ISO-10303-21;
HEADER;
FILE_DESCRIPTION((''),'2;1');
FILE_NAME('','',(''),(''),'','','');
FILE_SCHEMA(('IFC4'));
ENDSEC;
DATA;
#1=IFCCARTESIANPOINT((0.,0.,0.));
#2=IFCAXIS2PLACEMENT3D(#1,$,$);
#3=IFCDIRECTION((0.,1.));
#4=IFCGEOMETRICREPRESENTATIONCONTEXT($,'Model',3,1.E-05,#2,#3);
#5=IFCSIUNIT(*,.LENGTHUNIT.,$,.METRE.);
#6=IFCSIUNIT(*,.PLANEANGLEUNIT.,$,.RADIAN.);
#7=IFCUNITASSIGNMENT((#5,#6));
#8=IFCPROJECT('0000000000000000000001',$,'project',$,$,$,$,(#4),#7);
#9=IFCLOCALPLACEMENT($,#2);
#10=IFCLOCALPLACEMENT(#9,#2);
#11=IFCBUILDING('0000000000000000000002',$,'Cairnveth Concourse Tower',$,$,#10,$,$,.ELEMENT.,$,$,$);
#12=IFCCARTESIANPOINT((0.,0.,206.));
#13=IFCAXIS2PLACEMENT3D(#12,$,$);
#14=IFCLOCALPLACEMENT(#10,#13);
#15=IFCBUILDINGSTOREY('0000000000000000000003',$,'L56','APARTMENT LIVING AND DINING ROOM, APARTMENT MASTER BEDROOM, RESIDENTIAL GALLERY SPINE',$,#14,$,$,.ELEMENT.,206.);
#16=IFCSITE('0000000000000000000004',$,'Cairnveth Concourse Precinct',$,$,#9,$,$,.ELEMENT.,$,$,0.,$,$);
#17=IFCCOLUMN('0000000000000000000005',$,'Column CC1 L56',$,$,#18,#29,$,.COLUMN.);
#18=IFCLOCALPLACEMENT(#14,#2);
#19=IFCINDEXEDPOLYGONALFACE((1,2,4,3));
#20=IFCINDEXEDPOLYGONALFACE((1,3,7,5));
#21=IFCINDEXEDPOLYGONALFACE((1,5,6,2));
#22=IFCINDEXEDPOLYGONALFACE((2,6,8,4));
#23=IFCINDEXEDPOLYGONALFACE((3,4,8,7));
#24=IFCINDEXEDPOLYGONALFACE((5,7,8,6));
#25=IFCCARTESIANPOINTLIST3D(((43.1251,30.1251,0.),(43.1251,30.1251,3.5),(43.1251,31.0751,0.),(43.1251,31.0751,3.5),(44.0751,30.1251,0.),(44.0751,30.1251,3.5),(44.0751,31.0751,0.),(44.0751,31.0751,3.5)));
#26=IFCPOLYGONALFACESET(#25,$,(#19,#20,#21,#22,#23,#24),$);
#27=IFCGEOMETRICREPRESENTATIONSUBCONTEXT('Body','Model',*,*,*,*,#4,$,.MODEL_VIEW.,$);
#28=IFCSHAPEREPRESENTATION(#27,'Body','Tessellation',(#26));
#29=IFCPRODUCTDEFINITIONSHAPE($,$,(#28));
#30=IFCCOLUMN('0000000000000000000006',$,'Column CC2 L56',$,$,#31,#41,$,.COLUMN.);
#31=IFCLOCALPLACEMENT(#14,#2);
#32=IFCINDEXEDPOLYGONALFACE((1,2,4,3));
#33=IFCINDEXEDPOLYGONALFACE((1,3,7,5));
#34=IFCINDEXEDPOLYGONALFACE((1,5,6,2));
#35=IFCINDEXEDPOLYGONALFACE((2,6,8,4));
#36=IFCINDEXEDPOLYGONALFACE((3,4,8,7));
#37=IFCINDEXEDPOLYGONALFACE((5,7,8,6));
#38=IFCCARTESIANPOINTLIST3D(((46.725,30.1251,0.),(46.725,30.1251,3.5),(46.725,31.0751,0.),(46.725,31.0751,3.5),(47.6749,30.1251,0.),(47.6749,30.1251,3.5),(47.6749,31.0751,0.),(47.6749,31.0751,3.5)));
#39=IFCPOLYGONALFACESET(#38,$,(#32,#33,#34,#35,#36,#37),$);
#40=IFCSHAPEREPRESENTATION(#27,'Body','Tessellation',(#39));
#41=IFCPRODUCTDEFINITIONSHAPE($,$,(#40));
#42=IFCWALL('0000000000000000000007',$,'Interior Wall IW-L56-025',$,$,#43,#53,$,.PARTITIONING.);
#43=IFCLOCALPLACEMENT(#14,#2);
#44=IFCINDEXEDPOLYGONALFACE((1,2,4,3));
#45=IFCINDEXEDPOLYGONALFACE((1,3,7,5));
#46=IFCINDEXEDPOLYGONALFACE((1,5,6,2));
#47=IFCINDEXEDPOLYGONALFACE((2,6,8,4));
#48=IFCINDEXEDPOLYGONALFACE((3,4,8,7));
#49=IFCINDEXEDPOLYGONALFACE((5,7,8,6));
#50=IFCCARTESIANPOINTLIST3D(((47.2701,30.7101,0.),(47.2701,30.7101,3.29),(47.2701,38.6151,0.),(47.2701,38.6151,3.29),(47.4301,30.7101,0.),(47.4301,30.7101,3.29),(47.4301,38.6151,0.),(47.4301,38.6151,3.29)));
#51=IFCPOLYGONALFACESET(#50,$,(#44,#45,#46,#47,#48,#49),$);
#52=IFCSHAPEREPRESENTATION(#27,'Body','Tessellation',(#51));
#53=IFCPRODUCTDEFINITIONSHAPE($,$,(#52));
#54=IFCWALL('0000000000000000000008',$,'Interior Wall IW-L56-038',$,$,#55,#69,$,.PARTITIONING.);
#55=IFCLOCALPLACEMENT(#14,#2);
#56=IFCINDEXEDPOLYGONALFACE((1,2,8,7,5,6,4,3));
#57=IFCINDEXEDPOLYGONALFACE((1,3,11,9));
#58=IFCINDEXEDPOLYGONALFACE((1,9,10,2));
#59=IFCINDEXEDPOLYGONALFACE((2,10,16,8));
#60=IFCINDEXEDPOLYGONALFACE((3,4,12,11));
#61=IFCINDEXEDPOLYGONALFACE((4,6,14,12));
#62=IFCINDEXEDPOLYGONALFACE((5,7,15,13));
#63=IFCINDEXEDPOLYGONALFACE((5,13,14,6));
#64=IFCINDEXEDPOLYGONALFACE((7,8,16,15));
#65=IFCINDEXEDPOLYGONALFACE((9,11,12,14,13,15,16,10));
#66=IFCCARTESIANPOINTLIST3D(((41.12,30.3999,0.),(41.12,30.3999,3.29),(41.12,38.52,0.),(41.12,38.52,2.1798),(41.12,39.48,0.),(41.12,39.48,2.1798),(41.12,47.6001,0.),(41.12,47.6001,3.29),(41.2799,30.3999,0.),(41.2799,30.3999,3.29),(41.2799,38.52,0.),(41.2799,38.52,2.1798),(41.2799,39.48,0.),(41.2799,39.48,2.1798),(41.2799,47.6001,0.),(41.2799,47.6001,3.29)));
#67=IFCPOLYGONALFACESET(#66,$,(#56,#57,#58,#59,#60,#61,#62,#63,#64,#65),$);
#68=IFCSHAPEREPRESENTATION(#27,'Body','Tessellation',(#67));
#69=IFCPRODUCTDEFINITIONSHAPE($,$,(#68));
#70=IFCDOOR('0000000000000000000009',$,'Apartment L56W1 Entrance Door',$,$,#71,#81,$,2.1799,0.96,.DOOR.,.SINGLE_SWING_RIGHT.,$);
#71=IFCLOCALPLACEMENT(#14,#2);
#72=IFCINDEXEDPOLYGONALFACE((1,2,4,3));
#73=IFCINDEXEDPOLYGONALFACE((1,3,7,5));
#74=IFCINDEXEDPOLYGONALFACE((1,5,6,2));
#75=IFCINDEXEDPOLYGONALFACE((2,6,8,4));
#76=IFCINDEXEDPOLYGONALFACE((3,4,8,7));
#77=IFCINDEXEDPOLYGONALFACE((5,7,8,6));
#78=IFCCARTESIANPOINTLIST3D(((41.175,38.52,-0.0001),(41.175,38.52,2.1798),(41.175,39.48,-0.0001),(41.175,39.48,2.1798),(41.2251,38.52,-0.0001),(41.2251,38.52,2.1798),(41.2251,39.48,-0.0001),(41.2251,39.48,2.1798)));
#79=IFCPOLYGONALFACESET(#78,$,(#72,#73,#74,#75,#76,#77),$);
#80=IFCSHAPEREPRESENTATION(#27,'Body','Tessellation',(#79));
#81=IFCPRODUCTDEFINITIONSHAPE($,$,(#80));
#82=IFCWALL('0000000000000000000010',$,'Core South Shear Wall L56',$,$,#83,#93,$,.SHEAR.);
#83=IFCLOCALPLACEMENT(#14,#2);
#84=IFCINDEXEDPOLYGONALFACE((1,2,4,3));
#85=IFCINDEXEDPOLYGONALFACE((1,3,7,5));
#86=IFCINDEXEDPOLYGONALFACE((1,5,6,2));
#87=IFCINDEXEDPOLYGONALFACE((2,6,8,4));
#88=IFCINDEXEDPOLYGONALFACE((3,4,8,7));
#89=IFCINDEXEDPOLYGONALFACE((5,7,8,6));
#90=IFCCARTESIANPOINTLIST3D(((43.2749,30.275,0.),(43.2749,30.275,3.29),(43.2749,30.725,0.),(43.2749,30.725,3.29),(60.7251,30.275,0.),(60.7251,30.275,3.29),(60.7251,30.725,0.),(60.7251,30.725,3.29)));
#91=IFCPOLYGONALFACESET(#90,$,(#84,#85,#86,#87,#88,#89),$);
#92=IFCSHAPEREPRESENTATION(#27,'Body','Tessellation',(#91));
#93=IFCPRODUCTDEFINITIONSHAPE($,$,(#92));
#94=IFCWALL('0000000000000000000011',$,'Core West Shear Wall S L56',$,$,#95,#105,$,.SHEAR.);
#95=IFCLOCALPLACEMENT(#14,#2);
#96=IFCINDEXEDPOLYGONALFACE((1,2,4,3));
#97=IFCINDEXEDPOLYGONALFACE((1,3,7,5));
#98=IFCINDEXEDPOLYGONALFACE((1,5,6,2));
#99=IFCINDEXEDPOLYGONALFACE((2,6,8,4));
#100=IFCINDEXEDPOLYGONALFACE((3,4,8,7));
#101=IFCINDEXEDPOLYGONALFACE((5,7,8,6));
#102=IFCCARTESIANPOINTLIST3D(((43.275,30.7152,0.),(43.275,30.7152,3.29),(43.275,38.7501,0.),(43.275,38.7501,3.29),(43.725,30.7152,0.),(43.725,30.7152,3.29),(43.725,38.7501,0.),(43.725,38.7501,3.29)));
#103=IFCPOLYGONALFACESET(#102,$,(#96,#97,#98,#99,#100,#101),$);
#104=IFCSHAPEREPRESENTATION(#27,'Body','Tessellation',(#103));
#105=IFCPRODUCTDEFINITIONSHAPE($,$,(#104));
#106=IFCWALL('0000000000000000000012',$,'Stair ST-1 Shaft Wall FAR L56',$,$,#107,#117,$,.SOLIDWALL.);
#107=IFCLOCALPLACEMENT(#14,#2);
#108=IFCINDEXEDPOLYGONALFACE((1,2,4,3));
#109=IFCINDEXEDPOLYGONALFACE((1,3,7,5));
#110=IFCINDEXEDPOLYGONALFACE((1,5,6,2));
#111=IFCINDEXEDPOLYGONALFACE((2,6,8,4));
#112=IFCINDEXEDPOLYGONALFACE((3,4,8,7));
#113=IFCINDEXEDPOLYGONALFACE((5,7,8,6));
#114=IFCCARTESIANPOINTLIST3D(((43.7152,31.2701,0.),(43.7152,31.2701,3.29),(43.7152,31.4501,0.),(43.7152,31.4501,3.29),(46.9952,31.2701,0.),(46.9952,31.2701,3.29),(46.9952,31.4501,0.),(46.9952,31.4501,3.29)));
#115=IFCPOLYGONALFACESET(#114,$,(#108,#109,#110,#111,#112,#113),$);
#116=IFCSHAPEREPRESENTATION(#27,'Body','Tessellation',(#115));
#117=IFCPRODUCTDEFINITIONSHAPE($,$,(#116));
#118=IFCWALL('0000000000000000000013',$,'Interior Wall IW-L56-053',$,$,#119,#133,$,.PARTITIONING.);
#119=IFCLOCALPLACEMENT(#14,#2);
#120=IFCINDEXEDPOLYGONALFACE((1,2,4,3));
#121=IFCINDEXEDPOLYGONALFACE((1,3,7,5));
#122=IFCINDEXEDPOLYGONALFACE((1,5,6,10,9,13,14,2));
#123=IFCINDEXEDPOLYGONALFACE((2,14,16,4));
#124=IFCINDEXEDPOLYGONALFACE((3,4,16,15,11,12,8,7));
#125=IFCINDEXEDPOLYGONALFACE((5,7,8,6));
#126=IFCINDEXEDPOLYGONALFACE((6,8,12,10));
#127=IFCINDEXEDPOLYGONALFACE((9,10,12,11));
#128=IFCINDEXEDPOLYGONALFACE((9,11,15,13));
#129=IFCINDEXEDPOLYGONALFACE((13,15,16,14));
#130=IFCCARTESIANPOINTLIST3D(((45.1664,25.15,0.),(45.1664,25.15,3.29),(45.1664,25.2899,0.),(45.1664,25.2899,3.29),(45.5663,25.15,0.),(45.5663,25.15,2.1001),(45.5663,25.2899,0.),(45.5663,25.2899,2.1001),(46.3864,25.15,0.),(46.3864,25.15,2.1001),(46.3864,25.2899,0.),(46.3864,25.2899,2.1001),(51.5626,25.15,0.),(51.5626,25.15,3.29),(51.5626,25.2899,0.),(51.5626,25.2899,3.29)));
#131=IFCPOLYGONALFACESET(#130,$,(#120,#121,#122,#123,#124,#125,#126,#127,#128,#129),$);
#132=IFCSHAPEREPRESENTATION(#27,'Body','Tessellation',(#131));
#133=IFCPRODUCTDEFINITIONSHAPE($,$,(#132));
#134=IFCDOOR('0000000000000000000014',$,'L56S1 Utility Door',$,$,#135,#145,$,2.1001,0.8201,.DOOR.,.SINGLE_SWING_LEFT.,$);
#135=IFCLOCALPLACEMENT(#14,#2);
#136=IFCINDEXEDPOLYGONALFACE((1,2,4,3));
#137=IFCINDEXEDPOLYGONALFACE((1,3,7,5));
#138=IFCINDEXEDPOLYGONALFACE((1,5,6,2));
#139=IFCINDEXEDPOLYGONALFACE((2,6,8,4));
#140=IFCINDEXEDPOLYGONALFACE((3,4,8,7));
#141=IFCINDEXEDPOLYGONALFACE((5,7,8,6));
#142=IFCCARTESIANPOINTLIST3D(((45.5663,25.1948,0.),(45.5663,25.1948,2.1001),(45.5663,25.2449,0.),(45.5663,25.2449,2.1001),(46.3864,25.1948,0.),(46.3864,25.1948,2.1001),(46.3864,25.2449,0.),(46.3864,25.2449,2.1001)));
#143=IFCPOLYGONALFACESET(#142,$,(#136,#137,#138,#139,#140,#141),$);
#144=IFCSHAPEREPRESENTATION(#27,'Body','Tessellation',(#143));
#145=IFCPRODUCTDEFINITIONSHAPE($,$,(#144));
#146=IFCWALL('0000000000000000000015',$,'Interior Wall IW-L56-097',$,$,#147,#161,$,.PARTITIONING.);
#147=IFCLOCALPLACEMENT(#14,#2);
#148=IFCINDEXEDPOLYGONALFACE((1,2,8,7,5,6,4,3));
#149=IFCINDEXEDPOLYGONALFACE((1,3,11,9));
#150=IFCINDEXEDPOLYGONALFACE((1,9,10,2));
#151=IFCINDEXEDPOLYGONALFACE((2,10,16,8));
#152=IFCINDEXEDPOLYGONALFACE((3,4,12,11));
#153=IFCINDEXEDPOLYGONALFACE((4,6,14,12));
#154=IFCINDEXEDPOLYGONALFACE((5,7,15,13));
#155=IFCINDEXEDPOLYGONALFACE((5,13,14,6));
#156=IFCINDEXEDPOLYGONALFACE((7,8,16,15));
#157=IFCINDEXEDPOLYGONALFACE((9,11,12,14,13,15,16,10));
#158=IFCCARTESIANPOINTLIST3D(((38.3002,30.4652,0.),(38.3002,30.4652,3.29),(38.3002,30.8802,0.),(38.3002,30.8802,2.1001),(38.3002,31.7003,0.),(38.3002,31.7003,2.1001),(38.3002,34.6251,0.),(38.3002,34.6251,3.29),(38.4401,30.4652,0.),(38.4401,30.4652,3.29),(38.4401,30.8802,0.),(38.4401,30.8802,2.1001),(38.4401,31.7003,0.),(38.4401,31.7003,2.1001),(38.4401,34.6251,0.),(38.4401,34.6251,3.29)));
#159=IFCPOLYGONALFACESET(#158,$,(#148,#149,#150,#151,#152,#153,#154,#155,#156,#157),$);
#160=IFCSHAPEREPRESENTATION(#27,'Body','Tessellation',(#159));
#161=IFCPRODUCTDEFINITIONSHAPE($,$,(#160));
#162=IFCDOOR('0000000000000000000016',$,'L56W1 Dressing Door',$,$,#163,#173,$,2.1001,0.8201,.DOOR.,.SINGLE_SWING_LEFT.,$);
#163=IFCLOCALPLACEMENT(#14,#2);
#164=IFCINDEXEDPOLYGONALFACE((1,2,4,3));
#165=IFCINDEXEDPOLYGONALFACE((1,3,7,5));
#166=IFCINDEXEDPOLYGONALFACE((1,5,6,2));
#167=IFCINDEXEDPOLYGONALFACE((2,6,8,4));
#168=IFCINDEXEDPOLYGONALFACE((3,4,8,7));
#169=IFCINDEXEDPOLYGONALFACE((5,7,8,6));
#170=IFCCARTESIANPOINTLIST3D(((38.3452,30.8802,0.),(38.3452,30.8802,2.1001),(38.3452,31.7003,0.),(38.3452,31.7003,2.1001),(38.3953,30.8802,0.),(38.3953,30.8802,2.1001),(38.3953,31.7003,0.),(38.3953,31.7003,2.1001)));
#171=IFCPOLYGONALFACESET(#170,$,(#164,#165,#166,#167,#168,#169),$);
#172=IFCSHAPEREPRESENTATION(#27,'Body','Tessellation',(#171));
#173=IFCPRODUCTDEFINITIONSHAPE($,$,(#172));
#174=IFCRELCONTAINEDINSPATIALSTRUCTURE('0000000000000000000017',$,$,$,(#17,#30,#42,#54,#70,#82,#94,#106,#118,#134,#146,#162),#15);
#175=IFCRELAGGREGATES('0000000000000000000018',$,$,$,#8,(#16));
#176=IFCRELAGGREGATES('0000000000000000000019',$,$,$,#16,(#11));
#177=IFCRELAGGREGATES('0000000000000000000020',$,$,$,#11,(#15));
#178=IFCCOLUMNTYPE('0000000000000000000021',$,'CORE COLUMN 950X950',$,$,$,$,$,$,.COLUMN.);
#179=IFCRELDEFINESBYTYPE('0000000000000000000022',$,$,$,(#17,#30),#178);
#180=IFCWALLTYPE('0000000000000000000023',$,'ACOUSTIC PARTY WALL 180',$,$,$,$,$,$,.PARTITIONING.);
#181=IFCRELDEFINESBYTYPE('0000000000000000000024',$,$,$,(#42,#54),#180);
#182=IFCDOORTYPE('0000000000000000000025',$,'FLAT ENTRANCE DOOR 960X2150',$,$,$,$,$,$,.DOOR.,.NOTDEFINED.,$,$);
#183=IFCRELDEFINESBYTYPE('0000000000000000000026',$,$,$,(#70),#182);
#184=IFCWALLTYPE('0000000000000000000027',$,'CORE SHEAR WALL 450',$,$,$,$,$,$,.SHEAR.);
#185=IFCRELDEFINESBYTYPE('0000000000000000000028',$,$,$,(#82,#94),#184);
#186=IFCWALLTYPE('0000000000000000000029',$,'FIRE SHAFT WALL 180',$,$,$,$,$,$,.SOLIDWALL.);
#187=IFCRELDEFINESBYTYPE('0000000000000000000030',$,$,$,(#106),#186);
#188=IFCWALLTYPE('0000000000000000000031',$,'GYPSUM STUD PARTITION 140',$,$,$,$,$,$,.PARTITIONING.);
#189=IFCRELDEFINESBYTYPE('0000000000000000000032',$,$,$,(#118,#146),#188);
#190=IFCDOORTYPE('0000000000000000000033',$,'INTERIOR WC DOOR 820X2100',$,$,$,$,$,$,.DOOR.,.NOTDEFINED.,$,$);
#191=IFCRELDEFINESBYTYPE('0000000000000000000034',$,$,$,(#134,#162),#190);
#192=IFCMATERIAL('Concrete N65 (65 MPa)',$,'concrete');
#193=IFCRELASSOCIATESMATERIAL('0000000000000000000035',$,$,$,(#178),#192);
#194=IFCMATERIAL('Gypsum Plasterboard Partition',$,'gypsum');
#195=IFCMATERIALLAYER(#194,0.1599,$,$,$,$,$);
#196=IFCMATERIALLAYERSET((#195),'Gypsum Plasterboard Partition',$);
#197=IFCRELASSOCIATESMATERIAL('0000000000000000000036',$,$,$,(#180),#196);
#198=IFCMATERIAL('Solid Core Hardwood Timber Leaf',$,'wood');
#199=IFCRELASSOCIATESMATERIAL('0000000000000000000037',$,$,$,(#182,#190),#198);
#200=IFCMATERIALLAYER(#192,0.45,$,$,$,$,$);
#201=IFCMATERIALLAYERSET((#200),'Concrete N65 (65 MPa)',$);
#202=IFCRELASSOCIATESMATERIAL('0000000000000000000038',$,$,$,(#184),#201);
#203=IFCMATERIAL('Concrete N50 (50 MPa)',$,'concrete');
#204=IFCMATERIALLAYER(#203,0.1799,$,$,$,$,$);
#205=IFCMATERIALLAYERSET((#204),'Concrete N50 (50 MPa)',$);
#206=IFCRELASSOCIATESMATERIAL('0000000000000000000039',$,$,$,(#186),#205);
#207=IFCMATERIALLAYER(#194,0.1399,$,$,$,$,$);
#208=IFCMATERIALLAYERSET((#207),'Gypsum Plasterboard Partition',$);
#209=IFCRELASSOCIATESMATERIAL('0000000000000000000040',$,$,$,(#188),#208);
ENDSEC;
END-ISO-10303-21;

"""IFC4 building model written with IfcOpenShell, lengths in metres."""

from ifc_helpers import new_model, si_unit, direction, frame, frame_2d, origin, origin_2d, place, context, subcontext, project, spatial, rectangle, extrude, material, layer, layer_set, material_profile, profile_set, type_object, element, fill, save


model = new_model("IFC4")

# Units and contexts
model_context = context("Model", 3, precision=1e-05, world=origin(), true_north=direction((0.0, 1.0)))
body_context = subcontext(model_context, "Body", "Model", "MODEL_VIEW")
ifc_project = project(units=[si_unit("LENGTHUNIT", "METRE"), si_unit("PLANEANGLEUNIT", "RADIAN")], contexts=[model_context])

# Site, building, storey
site_placement = place(None, origin())
site = spatial("IfcSite", under=ifc_project, at=site_placement, Name="Cairnveth Concourse Precinct", CompositionType="ELEMENT", RefElevation=0.0)
building_placement = place(site_placement, origin())
building = spatial("IfcBuilding", under=site, at=building_placement, Name="Cairnveth Concourse Tower", CompositionType="ELEMENT")
storey_placement = place(building_placement, frame((0.0, 0.0, 206.0)))
storey = spatial("IfcBuildingStorey", under=building, at=storey_placement, Name="L56", Description="APARTMENT LIVING AND DINING ROOM, APARTMENT MASTER BEDROOM, RESIDENTIAL GALLERY SPINE", CompositionType="ELEMENT", Elevation=206.0)

# Columns
ifc_material_1 = material(Name="Concrete N65 (65 MPa)", Category="concrete")
ifc_material_profile = material_profile(ifc_material_1, rectangle(XDim=0.95, YDim=0.95, at=origin_2d()), Name="RC-COL-950x950")
ifc_profile_set = profile_set([ifc_material_profile], Name="Concrete N65 (65 MPa)")
column_type = type_object("IfcColumnType", Name="CORE COLUMN 950X950", PredefinedType="COLUMN", material=ifc_profile_set)
for number, where, z_axis, x_axis, name in (
    (1, (43.6001, 30.6001, 0.0), (0.0, 0.0, 1.0), (1.0, 0.0, 0.0), "Column CC1 L56"),
    (2, (47.2, 30.6001, 0.0), (0.0, 0.0, 1.0), (1.0, 0.0, 0.0), "Column CC2 L56"),
):
    element("IfcColumn", number, at=place(storey_placement, frame(where, z_axis=z_axis, x_axis=x_axis)), inside=storey, type_object=column_type, Name=name, PredefinedType="COLUMN", context=body_context, shape_type="SweptSolid", body=[
        extrude(rectangle(XDim=0.95, YDim=0.95, at=origin_2d()), origin(), (0.0, 0.0, 1.0), 3.5),
    ])

# Wall
ifc_material_2 = material(Name="Gypsum Plasterboard Partition", Category="gypsum")
ifc_layer_1 = layer(ifc_material_2, 0.1599)
ifc_layer_set_1 = layer_set([ifc_layer_1], Name="Gypsum Plasterboard Partition")
wall_type_1 = type_object("IfcWallType", Name="ACOUSTIC PARTY WALL 180", PredefinedType="PARTITIONING", material=ifc_layer_set_1)
wall_1_placement = place(storey_placement, frame((47.3501, 30.71, 0.0), z_axis=(0.0, 0.0, 1.0), x_axis=(0.0, 1.0, 0.0)))
element("IfcWall", 3, at=wall_1_placement, inside=storey, type_object=wall_type_1, Name="Interior Wall IW-L56-025", PredefinedType="PARTITIONING", context=body_context, shape_type="SweptSolid", body=[
    extrude(rectangle(XDim=7.905, YDim=0.1599, at=frame_2d((3.9526, 0.0))), origin(), (0.0, 0.0, 1.0), 3.29),
])

# Wall, opening, door
wall_2_placement = place(storey_placement, frame((41.2, 30.3999, 0.0), z_axis=(0.0, 0.0, 1.0), x_axis=(0.0, 1.0, 0.0)))
wall_2 = element("IfcWall", 4, at=wall_2_placement, inside=storey, type_object=wall_type_1, Name="Interior Wall IW-L56-038", PredefinedType="PARTITIONING", context=body_context, shape_type="SweptSolid", body=[
    extrude(rectangle(XDim=17.2002, YDim=0.1599, at=frame_2d((8.6001, 0.0))), origin(), (0.0, 0.0, 1.0), 3.29),
])
opening_1_placement = place(wall_2_placement, frame((8.1201, 0.0, 0.0)))
opening_1 = element("IfcOpeningElement", 5, at=opening_1_placement, cuts=wall_2, PredefinedType="OPENING", context=body_context, shape_type="SweptSolid", body=[
    extrude(rectangle(XDim=0.96, YDim=2.1799, at=frame_2d((0.48, 1.0898))), frame((0.0, 0.0898, 0.0), z_axis=(0.0, -1.0, 0.0), x_axis=(1.0, 0.0, 0.0)), (0.0, 0.0, 1.0), 0.1799),
])
ifc_material_3 = material(Name="Solid Core Hardwood Timber Leaf", Category="wood")
door_type_1 = type_object("IfcDoorType", Name="FLAT ENTRANCE DOOR 960X2150", OperationType="NOTDEFINED", PredefinedType="DOOR", material=ifc_material_3)
door_1_placement = place(opening_1_placement, origin())
door_1 = element("IfcDoor", 6, at=door_1_placement, inside=storey, type_object=door_type_1, Name="Apartment L56W1 Entrance Door", OperationType="SINGLE_SWING_RIGHT", OverallHeight=2.1799, OverallWidth=0.96, PredefinedType="DOOR", context=body_context, shape_type="SweptSolid", body=[
    extrude(rectangle(XDim=0.96, YDim=2.1799, at=frame_2d((0.48, 1.0898))), frame((0.0, 0.0249, 0.0), z_axis=(0.0, -1.0, 0.0), x_axis=(1.0, 0.0, 0.0)), (0.0, 0.0, 1.0), 0.05),
])
fill(opening_1, door_1)

# Walls
ifc_layer_2 = layer(ifc_material_1, 0.45)
ifc_layer_set_2 = layer_set([ifc_layer_2], Name="Concrete N65 (65 MPa)")
wall_type_2 = type_object("IfcWallType", Name="CORE SHEAR WALL 450", PredefinedType="SHEAR", material=ifc_layer_set_2)
wall_3_placement = place(storey_placement, frame((43.2749, 30.5, 0.0), z_axis=(0.0, 0.0, 1.0), x_axis=(1.0, 0.0, 0.0)))
element("IfcWall", 7, at=wall_3_placement, inside=storey, type_object=wall_type_2, Name="Core South Shear Wall L56", PredefinedType="SHEAR", context=body_context, shape_type="SweptSolid", body=[
    extrude(rectangle(XDim=17.4502, YDim=0.45, at=frame_2d((8.7251, 0.0))), origin(), (0.0, 0.0, 1.0), 3.29),
])
wall_4_placement = place(storey_placement, frame((43.5, 30.7151, 0.0), z_axis=(0.0, 0.0, 1.0), x_axis=(0.0, 1.0, 0.0)))
element("IfcWall", 8, at=wall_4_placement, inside=storey, type_object=wall_type_2, Name="Core West Shear Wall S L56", PredefinedType="SHEAR", context=body_context, shape_type="SweptSolid", body=[
    extrude(rectangle(XDim=8.0349, YDim=0.45, at=frame_2d((4.0176, 0.0))), origin(), (0.0, 0.0, 1.0), 3.29),
])
ifc_material_4 = material(Name="Concrete N50 (50 MPa)", Category="concrete")
ifc_layer_3 = layer(ifc_material_4, 0.1799)
ifc_layer_set_3 = layer_set([ifc_layer_3], Name="Concrete N50 (50 MPa)")
wall_type_3 = type_object("IfcWallType", Name="FIRE SHAFT WALL 180", PredefinedType="SOLIDWALL", material=ifc_layer_set_3)
wall_5_placement = place(storey_placement, frame((43.7151, 31.3601, 0.0), z_axis=(0.0, 0.0, 1.0), x_axis=(1.0, 0.0, 0.0)))
element("IfcWall", 9, at=wall_5_placement, inside=storey, type_object=wall_type_3, Name="Stair ST-1 Shaft Wall FAR L56", PredefinedType="SOLIDWALL", context=body_context, shape_type="SweptSolid", body=[
    extrude(rectangle(XDim=3.28, YDim=0.1799, at=frame_2d((1.6401, 0.0))), origin(), (0.0, 0.0, 1.0), 3.29),
])

# Walls, openings, doors
ifc_layer_4 = layer(ifc_material_2, 0.1399)
ifc_layer_set_4 = layer_set([ifc_layer_4], Name="Gypsum Plasterboard Partition")
wall_type_4 = type_object("IfcWallType", Name="GYPSUM STUD PARTITION 140", PredefinedType="PARTITIONING", material=ifc_layer_set_4)
wall_6_placement = place(storey_placement, frame((45.1663, 25.22, 0.0), z_axis=(0.0, 0.0, 1.0), x_axis=(1.0, 0.0, 0.0)))
wall_6 = element("IfcWall", 10, at=wall_6_placement, inside=storey, type_object=wall_type_4, Name="Interior Wall IW-L56-053", PredefinedType="PARTITIONING", context=body_context, shape_type="SweptSolid", body=[
    extrude(rectangle(XDim=6.3962, YDim=0.1399, at=frame_2d((3.1982, 0.0))), origin(), (0.0, 0.0, 1.0), 3.29),
])
opening_2_placement = place(wall_6_placement, frame((0.3999, 0.0, 0.0)))
opening_2 = element("IfcOpeningElement", 11, at=opening_2_placement, cuts=wall_6, PredefinedType="OPENING", context=body_context, shape_type="SweptSolid", body=[
    extrude(rectangle(XDim=0.8201, YDim=2.1001, at=frame_2d((0.4102, 1.05))), frame((0.0, 0.0798, 0.0), z_axis=(0.0, -1.0, 0.0), x_axis=(1.0, 0.0, 0.0)), (0.0, 0.0, 1.0), 0.1599),
])
door_type_2 = type_object("IfcDoorType", Name="INTERIOR WC DOOR 820X2100", OperationType="NOTDEFINED", PredefinedType="DOOR", material=ifc_material_3)
door_2_placement = place(opening_2_placement, origin())
door_2 = element("IfcDoor", 12, at=door_2_placement, inside=storey, type_object=door_type_2, Name="L56S1 Utility Door", OperationType="SINGLE_SWING_LEFT", OverallHeight=2.1001, OverallWidth=0.8201, PredefinedType="DOOR", context=body_context, shape_type="SweptSolid", body=[
    extrude(rectangle(XDim=0.8201, YDim=2.1001, at=frame_2d((0.4102, 1.05))), frame((0.0, 0.0249, 0.0), z_axis=(0.0, -1.0, 0.0), x_axis=(1.0, 0.0, 0.0)), (0.0, 0.0, 1.0), 0.05),
])
fill(opening_2, door_2)
wall_7_placement = place(storey_placement, frame((38.3701, 30.4651, 0.0), z_axis=(0.0, 0.0, 1.0), x_axis=(0.0, 1.0, 0.0)))
wall_7 = element("IfcWall", 13, at=wall_7_placement, inside=storey, type_object=wall_type_4, Name="Interior Wall IW-L56-097", PredefinedType="PARTITIONING", context=body_context, shape_type="SweptSolid", body=[
    extrude(rectangle(XDim=4.1599, YDim=0.1399, at=frame_2d((2.0801, 0.0))), origin(), (0.0, 0.0, 1.0), 3.29),
])
opening_3_placement = place(wall_7_placement, frame((0.415, 0.0, 0.0)))
opening_3 = element("IfcOpeningElement", 14, at=opening_3_placement, cuts=wall_7, PredefinedType="OPENING", context=body_context, shape_type="SweptSolid", body=[
    extrude(rectangle(XDim=0.8201, YDim=2.1001, at=frame_2d((0.4102, 1.05))), frame((0.0, 0.0798, 0.0), z_axis=(0.0, -1.0, 0.0), x_axis=(1.0, 0.0, 0.0)), (0.0, 0.0, 1.0), 0.1599),
])
door_3_placement = place(opening_3_placement, origin())
door_3 = element("IfcDoor", 15, at=door_3_placement, inside=storey, type_object=door_type_2, Name="L56W1 Dressing Door", OperationType="SINGLE_SWING_LEFT", OverallHeight=2.1001, OverallWidth=0.8201, PredefinedType="DOOR", context=body_context, shape_type="SweptSolid", body=[
    extrude(rectangle(XDim=0.8201, YDim=2.1001, at=frame_2d((0.4102, 1.05))), frame((0.0, 0.0249, 0.0), z_axis=(0.0, -1.0, 0.0), x_axis=(1.0, 0.0, 0.0)), (0.0, 0.0, 1.0), 0.05),
])
fill(opening_3, door_3)

save(model, "model.ifc")
